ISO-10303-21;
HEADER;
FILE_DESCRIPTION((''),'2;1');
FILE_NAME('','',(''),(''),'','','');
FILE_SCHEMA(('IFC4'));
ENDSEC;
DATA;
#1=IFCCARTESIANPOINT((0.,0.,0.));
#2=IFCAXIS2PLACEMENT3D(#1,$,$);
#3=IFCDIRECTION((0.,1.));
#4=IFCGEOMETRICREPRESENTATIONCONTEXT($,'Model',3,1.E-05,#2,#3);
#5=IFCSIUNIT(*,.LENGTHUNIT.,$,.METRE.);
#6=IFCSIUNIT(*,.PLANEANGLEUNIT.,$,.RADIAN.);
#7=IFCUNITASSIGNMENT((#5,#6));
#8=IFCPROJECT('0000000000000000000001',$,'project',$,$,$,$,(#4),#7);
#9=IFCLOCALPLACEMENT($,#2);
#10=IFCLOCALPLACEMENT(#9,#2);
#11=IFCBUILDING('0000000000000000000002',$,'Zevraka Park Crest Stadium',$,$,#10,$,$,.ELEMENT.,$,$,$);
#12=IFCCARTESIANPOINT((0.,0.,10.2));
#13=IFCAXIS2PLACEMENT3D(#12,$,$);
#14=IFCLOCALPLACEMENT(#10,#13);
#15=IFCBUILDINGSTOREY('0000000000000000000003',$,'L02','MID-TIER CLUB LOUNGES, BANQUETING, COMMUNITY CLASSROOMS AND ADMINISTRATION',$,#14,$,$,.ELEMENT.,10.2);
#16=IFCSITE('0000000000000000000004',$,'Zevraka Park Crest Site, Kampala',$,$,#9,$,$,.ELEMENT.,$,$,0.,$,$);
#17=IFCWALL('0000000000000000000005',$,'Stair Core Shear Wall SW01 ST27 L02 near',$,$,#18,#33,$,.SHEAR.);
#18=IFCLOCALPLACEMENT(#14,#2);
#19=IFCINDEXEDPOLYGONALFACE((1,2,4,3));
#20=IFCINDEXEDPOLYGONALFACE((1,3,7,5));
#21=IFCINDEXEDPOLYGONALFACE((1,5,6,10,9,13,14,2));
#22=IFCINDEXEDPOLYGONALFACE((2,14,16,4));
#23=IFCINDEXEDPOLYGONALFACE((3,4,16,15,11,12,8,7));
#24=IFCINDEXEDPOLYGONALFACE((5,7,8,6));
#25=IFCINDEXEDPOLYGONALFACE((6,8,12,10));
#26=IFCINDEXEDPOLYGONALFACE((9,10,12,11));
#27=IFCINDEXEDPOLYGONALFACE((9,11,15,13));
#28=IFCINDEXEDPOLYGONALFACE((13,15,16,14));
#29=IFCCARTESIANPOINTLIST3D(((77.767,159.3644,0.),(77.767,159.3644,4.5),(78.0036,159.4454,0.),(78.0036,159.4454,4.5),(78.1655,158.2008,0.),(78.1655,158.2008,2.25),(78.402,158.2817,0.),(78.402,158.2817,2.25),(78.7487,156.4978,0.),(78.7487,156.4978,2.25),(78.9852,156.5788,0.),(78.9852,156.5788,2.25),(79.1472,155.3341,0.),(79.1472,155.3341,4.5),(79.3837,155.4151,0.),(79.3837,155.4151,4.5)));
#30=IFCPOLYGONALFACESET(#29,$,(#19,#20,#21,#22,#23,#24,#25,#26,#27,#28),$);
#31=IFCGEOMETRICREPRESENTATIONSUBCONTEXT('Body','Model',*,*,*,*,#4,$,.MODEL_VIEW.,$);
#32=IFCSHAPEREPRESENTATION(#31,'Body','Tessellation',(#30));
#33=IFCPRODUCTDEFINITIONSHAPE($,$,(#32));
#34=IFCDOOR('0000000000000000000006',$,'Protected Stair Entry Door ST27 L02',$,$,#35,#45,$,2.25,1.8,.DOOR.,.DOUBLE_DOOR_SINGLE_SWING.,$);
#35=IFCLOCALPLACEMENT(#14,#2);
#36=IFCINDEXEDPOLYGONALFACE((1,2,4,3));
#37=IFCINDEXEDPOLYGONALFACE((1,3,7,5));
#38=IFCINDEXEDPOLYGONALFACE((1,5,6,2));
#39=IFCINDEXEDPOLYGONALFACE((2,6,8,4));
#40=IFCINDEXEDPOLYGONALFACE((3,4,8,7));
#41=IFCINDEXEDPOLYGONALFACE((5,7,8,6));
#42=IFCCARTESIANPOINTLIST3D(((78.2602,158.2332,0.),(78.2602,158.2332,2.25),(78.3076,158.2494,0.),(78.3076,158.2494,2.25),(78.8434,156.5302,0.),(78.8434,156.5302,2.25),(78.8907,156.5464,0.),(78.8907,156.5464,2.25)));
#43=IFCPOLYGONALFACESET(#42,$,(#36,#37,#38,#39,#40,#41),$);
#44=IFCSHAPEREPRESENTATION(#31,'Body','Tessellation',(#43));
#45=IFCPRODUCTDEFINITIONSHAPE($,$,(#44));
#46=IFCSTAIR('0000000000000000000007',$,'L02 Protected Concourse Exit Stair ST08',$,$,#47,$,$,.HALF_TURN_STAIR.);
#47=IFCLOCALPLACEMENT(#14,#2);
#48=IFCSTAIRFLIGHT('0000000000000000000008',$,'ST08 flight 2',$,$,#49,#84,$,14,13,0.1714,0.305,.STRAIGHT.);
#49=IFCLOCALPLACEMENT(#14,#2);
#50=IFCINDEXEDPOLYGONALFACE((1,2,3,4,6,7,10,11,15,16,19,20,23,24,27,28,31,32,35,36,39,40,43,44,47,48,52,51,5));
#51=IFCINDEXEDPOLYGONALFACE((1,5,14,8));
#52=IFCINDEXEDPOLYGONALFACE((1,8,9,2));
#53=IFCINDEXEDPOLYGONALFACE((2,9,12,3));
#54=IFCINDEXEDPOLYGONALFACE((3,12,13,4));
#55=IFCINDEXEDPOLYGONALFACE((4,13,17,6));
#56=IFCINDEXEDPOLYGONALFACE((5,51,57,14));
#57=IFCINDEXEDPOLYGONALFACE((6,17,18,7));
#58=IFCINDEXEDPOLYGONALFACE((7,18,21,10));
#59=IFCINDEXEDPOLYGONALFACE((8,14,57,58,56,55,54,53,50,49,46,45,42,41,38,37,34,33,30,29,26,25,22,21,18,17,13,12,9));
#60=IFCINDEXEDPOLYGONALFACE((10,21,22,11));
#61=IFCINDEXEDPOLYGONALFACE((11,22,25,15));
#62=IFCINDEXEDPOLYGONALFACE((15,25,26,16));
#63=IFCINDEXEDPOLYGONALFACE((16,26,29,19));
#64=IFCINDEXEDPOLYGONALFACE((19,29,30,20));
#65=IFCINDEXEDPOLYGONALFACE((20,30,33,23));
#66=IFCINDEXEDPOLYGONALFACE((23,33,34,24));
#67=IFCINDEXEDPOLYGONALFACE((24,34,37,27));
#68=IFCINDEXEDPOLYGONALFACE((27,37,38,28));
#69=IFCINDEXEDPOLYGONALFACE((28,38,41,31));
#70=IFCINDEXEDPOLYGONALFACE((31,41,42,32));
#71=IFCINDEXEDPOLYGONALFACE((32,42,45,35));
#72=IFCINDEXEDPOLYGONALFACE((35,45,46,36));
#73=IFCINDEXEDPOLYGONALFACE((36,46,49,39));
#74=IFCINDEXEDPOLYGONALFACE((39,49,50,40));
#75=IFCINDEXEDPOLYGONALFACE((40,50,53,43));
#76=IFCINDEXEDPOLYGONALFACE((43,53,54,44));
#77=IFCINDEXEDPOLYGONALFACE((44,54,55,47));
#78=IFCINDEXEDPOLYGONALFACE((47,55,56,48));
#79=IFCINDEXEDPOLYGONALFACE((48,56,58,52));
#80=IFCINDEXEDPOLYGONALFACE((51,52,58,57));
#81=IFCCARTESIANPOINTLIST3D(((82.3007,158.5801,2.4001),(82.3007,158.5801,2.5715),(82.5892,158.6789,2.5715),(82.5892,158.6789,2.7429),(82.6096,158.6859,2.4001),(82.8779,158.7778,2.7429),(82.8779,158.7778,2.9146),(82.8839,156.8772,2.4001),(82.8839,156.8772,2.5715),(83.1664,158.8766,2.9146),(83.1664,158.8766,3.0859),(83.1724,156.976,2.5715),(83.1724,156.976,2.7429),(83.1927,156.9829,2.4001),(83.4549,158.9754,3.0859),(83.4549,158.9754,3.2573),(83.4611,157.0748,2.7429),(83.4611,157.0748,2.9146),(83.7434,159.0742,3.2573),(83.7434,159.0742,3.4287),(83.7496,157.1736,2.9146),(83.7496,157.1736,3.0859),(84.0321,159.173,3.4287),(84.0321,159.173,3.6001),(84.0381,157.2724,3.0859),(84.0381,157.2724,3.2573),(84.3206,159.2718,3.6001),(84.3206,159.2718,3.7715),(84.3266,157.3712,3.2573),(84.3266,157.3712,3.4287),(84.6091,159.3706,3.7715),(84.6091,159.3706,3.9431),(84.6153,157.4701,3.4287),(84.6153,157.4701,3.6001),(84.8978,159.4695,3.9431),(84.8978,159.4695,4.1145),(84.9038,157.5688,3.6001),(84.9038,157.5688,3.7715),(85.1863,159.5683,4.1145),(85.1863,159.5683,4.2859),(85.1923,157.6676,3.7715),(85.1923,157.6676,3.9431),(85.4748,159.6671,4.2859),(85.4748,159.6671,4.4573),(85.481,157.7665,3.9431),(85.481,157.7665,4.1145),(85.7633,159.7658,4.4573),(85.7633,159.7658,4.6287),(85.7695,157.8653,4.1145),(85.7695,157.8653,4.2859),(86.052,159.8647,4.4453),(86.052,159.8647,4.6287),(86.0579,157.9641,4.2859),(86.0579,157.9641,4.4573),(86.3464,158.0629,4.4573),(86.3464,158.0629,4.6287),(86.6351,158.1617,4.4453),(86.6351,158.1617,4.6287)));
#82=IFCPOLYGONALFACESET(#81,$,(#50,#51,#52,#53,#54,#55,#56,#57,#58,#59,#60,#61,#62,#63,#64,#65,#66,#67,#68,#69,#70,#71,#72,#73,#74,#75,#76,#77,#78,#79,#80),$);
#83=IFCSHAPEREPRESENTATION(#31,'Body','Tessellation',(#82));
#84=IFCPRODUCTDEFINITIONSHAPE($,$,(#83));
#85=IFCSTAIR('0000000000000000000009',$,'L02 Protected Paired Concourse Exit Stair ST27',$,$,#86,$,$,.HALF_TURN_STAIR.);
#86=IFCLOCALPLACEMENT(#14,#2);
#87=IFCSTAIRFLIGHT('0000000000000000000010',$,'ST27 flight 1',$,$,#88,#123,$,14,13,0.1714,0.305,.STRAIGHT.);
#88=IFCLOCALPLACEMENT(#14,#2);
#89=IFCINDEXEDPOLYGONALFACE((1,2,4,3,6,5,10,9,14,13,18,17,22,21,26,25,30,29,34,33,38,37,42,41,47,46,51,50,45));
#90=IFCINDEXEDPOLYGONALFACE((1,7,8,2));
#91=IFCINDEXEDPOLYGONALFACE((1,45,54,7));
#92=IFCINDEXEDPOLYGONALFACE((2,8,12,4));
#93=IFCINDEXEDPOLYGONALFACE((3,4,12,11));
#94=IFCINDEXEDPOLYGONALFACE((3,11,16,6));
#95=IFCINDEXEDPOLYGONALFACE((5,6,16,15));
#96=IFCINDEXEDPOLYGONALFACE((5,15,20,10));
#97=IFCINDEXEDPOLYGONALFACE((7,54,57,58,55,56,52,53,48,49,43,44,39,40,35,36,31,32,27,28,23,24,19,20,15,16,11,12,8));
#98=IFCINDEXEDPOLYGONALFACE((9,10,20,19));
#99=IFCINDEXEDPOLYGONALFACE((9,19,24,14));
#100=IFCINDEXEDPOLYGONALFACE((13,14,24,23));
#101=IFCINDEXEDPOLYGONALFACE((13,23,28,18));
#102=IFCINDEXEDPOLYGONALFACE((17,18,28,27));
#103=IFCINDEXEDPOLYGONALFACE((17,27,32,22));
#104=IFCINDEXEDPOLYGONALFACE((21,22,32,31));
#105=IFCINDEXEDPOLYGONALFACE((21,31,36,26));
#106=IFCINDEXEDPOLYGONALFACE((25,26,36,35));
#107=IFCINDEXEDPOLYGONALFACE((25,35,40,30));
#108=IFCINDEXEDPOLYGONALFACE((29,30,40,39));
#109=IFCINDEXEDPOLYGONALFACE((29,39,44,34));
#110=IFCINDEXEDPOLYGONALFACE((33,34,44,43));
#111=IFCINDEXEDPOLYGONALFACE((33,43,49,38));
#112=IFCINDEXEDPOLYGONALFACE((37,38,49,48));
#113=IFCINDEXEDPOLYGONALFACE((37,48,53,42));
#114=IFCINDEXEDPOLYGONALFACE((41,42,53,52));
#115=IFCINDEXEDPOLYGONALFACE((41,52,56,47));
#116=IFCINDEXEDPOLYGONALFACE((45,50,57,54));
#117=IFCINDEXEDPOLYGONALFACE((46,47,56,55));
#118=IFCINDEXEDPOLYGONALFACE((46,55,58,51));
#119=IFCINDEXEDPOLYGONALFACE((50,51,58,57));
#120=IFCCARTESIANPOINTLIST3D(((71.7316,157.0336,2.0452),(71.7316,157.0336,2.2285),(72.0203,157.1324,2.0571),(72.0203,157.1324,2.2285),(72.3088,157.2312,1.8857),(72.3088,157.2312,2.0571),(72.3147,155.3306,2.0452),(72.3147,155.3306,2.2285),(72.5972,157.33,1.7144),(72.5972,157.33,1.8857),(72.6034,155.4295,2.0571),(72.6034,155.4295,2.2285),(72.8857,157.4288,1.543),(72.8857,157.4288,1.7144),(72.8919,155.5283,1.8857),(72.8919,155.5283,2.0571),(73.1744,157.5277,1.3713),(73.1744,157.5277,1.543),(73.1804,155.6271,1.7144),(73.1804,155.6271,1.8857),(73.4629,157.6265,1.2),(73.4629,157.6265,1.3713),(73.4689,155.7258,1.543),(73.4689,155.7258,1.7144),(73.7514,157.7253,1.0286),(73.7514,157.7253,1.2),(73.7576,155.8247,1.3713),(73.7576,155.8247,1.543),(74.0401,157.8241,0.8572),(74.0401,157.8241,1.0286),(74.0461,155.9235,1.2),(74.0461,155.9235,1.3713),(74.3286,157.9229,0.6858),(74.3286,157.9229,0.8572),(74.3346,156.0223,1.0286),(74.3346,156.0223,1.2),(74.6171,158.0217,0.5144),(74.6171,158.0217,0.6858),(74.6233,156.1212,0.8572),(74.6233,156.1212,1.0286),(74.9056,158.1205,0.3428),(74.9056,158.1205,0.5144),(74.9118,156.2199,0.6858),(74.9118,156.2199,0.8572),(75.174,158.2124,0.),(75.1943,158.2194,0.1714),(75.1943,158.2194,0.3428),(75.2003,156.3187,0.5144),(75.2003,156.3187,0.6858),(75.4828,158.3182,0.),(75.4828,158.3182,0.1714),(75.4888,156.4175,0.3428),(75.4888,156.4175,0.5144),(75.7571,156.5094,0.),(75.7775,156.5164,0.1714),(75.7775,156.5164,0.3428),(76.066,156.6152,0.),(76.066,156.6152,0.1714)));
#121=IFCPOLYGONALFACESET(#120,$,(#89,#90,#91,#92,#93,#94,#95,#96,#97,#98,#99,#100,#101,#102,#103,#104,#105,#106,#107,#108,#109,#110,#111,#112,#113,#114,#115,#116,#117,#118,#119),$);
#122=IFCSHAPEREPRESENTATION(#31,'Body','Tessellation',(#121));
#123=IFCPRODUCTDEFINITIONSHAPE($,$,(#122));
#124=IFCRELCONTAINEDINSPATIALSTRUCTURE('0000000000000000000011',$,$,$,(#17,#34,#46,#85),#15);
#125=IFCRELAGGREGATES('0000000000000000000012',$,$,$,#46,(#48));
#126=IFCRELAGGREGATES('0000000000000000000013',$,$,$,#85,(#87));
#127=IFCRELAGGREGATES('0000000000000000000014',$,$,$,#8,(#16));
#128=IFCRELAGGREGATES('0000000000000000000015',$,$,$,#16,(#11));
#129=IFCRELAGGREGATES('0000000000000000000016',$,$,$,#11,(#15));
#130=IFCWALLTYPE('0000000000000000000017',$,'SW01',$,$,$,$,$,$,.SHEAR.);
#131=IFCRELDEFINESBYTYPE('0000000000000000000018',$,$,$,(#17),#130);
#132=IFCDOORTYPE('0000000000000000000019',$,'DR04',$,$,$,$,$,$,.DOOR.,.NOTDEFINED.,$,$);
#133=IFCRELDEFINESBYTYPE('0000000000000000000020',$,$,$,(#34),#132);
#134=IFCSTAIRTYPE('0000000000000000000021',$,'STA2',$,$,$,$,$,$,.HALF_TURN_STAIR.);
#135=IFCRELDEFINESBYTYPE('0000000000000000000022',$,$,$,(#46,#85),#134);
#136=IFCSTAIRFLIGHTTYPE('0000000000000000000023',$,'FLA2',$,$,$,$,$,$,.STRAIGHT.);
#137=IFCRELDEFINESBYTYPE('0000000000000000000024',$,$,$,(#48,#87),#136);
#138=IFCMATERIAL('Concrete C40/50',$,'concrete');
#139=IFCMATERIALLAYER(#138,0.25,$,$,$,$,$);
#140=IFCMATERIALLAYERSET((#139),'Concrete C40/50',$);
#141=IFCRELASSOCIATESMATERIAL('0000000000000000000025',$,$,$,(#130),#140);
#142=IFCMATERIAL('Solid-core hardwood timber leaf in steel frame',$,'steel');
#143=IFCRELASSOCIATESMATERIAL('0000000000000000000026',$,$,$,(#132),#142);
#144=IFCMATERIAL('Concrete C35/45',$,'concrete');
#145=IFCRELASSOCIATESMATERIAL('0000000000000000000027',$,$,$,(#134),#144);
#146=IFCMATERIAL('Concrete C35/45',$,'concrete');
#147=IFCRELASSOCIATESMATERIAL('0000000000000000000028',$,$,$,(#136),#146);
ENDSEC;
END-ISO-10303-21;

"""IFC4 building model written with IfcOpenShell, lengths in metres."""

from ifc_helpers import new_model, si_unit, direction, frame, frame_2d, origin, place, context, subcontext, project, spatial, polyline, rectangle, outline, extrude, material, layer, layer_set, type_object, element, fill, aggregate, save


model = new_model("IFC4")

# Units and contexts
model_context = context("Model", 3, precision=1e-05, world=origin(), true_north=direction((0.0, 1.0)))
body_context = subcontext(model_context, "Body", "Model", "MODEL_VIEW")
ifc_project = project(units=[si_unit("LENGTHUNIT", "METRE"), si_unit("PLANEANGLEUNIT", "RADIAN")], contexts=[model_context])

# Site, building, storey
site_placement = place(None, origin())
site = spatial("IfcSite", under=ifc_project, at=site_placement, Name="Zevraka Park Crest Site, Kampala", CompositionType="ELEMENT", RefElevation=0.0)
building_placement = place(site_placement, origin())
building = spatial("IfcBuilding", under=site, at=building_placement, Name="Zevraka Park Crest Stadium", CompositionType="ELEMENT")
storey_placement = place(building_placement, frame((0.0, 0.0, 10.2)))
storey = spatial("IfcBuildingStorey", under=building, at=storey_placement, Name="L02", Description="MID-TIER CLUB LOUNGES, BANQUETING, COMMUNITY CLASSROOMS AND ADMINISTRATION", CompositionType="ELEMENT", Elevation=10.2)

# Shared definitions
ifc_material_1 = material(Name="Concrete C40/50", Category="concrete")
ifc_layer_1 = layer(ifc_material_1, 0.25)
ifc_layer_set_1 = layer_set([ifc_layer_1], Name="Concrete C40/50")
wall_type_1 = type_object("IfcWallType", Name="SW01", PredefinedType="SHEAR", material=ifc_layer_set_1)

# Wall, opening, door
wall_1_placement = place(storey_placement, frame((79.2654, 155.3748, 0.0), z_axis=(0.0, 0.0, 1.0), x_axis=(-0.323971, 0.946067, 0.0)))
wall_1 = element("IfcWall", 1, at=wall_1_placement, inside=storey, type_object=wall_type_1, Name="Stair Core Shear Wall SW01 ST27 L02 near", PredefinedType="SHEAR", context=body_context, shape_type="SweptSolid", body=[
    extrude(rectangle(XDim=4.26, YDim=0.25, at=frame_2d((2.1299, 0.0))), origin(), (0.0, 0.0, 1.0), 4.5),
])
opening_1_placement = place(wall_1_placement, frame((1.23, 0.0, 0.0)))
opening_1 = element("IfcOpeningElement", 2, at=opening_1_placement, cuts=wall_1, PredefinedType="OPENING", context=body_context, shape_type="SweptSolid", body=[
    extrude(rectangle(XDim=1.8, YDim=2.25, at=frame_2d((0.8999, 1.125))), frame((0.0, 0.135, 0.0), z_axis=(0.0, -1.0, 0.0), x_axis=(1.0, 0.0, 0.0)), (0.0, 0.0, 1.0), 0.27),
])
ifc_material_2 = material(Name="Solid-core hardwood timber leaf in steel frame", Category="steel")
door_type_1 = type_object("IfcDoorType", Name="DR04", OperationType="NOTDEFINED", PredefinedType="DOOR", material=ifc_material_2)
door_1_placement = place(opening_1_placement, origin())
door_1 = element("IfcDoor", 3, at=door_1_placement, inside=storey, type_object=door_type_1, Name="Protected Stair Entry Door ST27 L02", OperationType="DOUBLE_DOOR_SINGLE_SWING", OverallHeight=2.25, OverallWidth=1.8, PredefinedType="DOOR", context=body_context, shape_type="SweptSolid", body=[
    extrude(rectangle(XDim=1.8, YDim=2.25, at=frame_2d((0.8999, 1.125))), frame((0.0, 0.0249, 0.0), z_axis=(0.0, -1.0, 0.0), x_axis=(1.0, 0.0, 0.0)), (0.0, 0.0, 1.0), 0.05),
])
fill(opening_1, door_1)

# Stairs, stair flights
ifc_material_3 = material(Name="Concrete C35/45", Category="concrete")
stair_type = type_object("IfcStairType", Name="STA2", PredefinedType="HALF_TURN_STAIR", material=ifc_material_3)
stair_1_placement = place(storey_placement, origin())
stair_1 = element("IfcStair", 4, at=stair_1_placement, inside=storey, type_object=stair_type, Name="L02 Protected Concourse Exit Stair ST08", PredefinedType="HALF_TURN_STAIR")
ifc_material_4 = material(Name="Concrete C35/45", Category="concrete")
stair_flight_type = type_object("IfcStairFlightType", Name="FLA2", PredefinedType="STRAIGHT", material=ifc_material_4)
stair_flight_1_placement = place(storey_placement, frame((82.5923, 157.7288, 2.4001), z_axis=(0.0, 0.0, 1.0), x_axis=(0.946066, 0.323974, 0.0)))
stair_flight_1 = element("IfcStairFlight", 5, at=stair_flight_1_placement, type_object=stair_flight_type, Name="ST08 flight 2", NumberOfRisers=14, NumberOfTreads=13, PredefinedType="STRAIGHT", RiserHeight=0.1714, TreadLength=0.305, context=body_context, shape_type="SweptSolid", body=[
    extrude(outline(polyline([(0.0, 0.0), (0.0, 0.1714), (0.3049, 0.1714), (0.3049, 0.3428), (0.6101, 0.3428), (0.6101, 0.5144), (0.915, 0.5144), (0.915, 0.6858), (1.22, 0.6858), (1.22, 0.8572), (1.5249, 0.8572), (1.5249, 1.0286), (1.8301, 1.0286), (1.8301, 1.2), (2.135, 1.2), (2.135, 1.3713), (2.4399, 1.3713), (2.4399, 1.543), (2.7451, 1.543), (2.7451, 1.7144), (3.05, 1.7144), (3.05, 1.8857), (3.355, 1.8857), (3.355, 2.0571), (3.6599, 2.0571), (3.6599, 2.2285), (3.9651, 2.2285), (3.9651, 2.3999), (3.9651, 2.0452), (0.3264, 0.0), (0.0, 0.0)])), frame((0.0, 0.8999, 0.0), z_axis=(0.0, -1.0, 0.0), x_axis=(1.0, 0.0, 0.0)), (0.0, 0.0, 1.0), 1.8),
])
aggregate(stair_1, [stair_flight_1])
stair_2_placement = place(storey_placement, origin())
stair_2 = element("IfcStair", 6, at=stair_2_placement, inside=storey, type_object=stair_type, Name="L02 Protected Paired Concourse Exit Stair ST27", PredefinedType="HALF_TURN_STAIR")
stair_flight_2_placement = place(storey_placement, frame((75.7744, 157.4666, 0.0), z_axis=(0.0, 0.0, 1.0), x_axis=(-0.946066, -0.323974, 0.0)))
stair_flight_2 = element("IfcStairFlight", 7, at=stair_flight_2_placement, type_object=stair_flight_type, Name="ST27 flight 1", NumberOfRisers=14, NumberOfTreads=13, PredefinedType="STRAIGHT", RiserHeight=0.1714, TreadLength=0.305, context=body_context, shape_type="SweptSolid", body=[
    extrude(outline(polyline([(0.0, 0.0), (0.0, 0.1714), (0.3049, 0.1714), (0.3049, 0.3428), (0.6101, 0.3428), (0.6101, 0.5144), (0.915, 0.5144), (0.915, 0.6858), (1.22, 0.6858), (1.22, 0.8572), (1.5249, 0.8572), (1.5249, 1.0286), (1.8301, 1.0286), (1.8301, 1.2), (2.135, 1.2), (2.135, 1.3713), (2.4399, 1.3713), (2.4399, 1.543), (2.7451, 1.543), (2.7451, 1.7144), (3.05, 1.7144), (3.05, 1.8857), (3.355, 1.8857), (3.355, 2.0571), (3.6599, 2.0571), (3.6599, 2.2285), (3.9651, 2.2285), (3.9651, 2.3999), (3.9651, 2.0452), (0.3264, 0.0), (0.0, 0.0)])), frame((0.0, 0.8999, 0.0), z_axis=(0.0, -1.0, 0.0), x_axis=(1.0, 0.0, 0.0)), (0.0, 0.0, 1.0), 1.8),
])
aggregate(stair_2, [stair_flight_2])

save(model, "model.ifc")
